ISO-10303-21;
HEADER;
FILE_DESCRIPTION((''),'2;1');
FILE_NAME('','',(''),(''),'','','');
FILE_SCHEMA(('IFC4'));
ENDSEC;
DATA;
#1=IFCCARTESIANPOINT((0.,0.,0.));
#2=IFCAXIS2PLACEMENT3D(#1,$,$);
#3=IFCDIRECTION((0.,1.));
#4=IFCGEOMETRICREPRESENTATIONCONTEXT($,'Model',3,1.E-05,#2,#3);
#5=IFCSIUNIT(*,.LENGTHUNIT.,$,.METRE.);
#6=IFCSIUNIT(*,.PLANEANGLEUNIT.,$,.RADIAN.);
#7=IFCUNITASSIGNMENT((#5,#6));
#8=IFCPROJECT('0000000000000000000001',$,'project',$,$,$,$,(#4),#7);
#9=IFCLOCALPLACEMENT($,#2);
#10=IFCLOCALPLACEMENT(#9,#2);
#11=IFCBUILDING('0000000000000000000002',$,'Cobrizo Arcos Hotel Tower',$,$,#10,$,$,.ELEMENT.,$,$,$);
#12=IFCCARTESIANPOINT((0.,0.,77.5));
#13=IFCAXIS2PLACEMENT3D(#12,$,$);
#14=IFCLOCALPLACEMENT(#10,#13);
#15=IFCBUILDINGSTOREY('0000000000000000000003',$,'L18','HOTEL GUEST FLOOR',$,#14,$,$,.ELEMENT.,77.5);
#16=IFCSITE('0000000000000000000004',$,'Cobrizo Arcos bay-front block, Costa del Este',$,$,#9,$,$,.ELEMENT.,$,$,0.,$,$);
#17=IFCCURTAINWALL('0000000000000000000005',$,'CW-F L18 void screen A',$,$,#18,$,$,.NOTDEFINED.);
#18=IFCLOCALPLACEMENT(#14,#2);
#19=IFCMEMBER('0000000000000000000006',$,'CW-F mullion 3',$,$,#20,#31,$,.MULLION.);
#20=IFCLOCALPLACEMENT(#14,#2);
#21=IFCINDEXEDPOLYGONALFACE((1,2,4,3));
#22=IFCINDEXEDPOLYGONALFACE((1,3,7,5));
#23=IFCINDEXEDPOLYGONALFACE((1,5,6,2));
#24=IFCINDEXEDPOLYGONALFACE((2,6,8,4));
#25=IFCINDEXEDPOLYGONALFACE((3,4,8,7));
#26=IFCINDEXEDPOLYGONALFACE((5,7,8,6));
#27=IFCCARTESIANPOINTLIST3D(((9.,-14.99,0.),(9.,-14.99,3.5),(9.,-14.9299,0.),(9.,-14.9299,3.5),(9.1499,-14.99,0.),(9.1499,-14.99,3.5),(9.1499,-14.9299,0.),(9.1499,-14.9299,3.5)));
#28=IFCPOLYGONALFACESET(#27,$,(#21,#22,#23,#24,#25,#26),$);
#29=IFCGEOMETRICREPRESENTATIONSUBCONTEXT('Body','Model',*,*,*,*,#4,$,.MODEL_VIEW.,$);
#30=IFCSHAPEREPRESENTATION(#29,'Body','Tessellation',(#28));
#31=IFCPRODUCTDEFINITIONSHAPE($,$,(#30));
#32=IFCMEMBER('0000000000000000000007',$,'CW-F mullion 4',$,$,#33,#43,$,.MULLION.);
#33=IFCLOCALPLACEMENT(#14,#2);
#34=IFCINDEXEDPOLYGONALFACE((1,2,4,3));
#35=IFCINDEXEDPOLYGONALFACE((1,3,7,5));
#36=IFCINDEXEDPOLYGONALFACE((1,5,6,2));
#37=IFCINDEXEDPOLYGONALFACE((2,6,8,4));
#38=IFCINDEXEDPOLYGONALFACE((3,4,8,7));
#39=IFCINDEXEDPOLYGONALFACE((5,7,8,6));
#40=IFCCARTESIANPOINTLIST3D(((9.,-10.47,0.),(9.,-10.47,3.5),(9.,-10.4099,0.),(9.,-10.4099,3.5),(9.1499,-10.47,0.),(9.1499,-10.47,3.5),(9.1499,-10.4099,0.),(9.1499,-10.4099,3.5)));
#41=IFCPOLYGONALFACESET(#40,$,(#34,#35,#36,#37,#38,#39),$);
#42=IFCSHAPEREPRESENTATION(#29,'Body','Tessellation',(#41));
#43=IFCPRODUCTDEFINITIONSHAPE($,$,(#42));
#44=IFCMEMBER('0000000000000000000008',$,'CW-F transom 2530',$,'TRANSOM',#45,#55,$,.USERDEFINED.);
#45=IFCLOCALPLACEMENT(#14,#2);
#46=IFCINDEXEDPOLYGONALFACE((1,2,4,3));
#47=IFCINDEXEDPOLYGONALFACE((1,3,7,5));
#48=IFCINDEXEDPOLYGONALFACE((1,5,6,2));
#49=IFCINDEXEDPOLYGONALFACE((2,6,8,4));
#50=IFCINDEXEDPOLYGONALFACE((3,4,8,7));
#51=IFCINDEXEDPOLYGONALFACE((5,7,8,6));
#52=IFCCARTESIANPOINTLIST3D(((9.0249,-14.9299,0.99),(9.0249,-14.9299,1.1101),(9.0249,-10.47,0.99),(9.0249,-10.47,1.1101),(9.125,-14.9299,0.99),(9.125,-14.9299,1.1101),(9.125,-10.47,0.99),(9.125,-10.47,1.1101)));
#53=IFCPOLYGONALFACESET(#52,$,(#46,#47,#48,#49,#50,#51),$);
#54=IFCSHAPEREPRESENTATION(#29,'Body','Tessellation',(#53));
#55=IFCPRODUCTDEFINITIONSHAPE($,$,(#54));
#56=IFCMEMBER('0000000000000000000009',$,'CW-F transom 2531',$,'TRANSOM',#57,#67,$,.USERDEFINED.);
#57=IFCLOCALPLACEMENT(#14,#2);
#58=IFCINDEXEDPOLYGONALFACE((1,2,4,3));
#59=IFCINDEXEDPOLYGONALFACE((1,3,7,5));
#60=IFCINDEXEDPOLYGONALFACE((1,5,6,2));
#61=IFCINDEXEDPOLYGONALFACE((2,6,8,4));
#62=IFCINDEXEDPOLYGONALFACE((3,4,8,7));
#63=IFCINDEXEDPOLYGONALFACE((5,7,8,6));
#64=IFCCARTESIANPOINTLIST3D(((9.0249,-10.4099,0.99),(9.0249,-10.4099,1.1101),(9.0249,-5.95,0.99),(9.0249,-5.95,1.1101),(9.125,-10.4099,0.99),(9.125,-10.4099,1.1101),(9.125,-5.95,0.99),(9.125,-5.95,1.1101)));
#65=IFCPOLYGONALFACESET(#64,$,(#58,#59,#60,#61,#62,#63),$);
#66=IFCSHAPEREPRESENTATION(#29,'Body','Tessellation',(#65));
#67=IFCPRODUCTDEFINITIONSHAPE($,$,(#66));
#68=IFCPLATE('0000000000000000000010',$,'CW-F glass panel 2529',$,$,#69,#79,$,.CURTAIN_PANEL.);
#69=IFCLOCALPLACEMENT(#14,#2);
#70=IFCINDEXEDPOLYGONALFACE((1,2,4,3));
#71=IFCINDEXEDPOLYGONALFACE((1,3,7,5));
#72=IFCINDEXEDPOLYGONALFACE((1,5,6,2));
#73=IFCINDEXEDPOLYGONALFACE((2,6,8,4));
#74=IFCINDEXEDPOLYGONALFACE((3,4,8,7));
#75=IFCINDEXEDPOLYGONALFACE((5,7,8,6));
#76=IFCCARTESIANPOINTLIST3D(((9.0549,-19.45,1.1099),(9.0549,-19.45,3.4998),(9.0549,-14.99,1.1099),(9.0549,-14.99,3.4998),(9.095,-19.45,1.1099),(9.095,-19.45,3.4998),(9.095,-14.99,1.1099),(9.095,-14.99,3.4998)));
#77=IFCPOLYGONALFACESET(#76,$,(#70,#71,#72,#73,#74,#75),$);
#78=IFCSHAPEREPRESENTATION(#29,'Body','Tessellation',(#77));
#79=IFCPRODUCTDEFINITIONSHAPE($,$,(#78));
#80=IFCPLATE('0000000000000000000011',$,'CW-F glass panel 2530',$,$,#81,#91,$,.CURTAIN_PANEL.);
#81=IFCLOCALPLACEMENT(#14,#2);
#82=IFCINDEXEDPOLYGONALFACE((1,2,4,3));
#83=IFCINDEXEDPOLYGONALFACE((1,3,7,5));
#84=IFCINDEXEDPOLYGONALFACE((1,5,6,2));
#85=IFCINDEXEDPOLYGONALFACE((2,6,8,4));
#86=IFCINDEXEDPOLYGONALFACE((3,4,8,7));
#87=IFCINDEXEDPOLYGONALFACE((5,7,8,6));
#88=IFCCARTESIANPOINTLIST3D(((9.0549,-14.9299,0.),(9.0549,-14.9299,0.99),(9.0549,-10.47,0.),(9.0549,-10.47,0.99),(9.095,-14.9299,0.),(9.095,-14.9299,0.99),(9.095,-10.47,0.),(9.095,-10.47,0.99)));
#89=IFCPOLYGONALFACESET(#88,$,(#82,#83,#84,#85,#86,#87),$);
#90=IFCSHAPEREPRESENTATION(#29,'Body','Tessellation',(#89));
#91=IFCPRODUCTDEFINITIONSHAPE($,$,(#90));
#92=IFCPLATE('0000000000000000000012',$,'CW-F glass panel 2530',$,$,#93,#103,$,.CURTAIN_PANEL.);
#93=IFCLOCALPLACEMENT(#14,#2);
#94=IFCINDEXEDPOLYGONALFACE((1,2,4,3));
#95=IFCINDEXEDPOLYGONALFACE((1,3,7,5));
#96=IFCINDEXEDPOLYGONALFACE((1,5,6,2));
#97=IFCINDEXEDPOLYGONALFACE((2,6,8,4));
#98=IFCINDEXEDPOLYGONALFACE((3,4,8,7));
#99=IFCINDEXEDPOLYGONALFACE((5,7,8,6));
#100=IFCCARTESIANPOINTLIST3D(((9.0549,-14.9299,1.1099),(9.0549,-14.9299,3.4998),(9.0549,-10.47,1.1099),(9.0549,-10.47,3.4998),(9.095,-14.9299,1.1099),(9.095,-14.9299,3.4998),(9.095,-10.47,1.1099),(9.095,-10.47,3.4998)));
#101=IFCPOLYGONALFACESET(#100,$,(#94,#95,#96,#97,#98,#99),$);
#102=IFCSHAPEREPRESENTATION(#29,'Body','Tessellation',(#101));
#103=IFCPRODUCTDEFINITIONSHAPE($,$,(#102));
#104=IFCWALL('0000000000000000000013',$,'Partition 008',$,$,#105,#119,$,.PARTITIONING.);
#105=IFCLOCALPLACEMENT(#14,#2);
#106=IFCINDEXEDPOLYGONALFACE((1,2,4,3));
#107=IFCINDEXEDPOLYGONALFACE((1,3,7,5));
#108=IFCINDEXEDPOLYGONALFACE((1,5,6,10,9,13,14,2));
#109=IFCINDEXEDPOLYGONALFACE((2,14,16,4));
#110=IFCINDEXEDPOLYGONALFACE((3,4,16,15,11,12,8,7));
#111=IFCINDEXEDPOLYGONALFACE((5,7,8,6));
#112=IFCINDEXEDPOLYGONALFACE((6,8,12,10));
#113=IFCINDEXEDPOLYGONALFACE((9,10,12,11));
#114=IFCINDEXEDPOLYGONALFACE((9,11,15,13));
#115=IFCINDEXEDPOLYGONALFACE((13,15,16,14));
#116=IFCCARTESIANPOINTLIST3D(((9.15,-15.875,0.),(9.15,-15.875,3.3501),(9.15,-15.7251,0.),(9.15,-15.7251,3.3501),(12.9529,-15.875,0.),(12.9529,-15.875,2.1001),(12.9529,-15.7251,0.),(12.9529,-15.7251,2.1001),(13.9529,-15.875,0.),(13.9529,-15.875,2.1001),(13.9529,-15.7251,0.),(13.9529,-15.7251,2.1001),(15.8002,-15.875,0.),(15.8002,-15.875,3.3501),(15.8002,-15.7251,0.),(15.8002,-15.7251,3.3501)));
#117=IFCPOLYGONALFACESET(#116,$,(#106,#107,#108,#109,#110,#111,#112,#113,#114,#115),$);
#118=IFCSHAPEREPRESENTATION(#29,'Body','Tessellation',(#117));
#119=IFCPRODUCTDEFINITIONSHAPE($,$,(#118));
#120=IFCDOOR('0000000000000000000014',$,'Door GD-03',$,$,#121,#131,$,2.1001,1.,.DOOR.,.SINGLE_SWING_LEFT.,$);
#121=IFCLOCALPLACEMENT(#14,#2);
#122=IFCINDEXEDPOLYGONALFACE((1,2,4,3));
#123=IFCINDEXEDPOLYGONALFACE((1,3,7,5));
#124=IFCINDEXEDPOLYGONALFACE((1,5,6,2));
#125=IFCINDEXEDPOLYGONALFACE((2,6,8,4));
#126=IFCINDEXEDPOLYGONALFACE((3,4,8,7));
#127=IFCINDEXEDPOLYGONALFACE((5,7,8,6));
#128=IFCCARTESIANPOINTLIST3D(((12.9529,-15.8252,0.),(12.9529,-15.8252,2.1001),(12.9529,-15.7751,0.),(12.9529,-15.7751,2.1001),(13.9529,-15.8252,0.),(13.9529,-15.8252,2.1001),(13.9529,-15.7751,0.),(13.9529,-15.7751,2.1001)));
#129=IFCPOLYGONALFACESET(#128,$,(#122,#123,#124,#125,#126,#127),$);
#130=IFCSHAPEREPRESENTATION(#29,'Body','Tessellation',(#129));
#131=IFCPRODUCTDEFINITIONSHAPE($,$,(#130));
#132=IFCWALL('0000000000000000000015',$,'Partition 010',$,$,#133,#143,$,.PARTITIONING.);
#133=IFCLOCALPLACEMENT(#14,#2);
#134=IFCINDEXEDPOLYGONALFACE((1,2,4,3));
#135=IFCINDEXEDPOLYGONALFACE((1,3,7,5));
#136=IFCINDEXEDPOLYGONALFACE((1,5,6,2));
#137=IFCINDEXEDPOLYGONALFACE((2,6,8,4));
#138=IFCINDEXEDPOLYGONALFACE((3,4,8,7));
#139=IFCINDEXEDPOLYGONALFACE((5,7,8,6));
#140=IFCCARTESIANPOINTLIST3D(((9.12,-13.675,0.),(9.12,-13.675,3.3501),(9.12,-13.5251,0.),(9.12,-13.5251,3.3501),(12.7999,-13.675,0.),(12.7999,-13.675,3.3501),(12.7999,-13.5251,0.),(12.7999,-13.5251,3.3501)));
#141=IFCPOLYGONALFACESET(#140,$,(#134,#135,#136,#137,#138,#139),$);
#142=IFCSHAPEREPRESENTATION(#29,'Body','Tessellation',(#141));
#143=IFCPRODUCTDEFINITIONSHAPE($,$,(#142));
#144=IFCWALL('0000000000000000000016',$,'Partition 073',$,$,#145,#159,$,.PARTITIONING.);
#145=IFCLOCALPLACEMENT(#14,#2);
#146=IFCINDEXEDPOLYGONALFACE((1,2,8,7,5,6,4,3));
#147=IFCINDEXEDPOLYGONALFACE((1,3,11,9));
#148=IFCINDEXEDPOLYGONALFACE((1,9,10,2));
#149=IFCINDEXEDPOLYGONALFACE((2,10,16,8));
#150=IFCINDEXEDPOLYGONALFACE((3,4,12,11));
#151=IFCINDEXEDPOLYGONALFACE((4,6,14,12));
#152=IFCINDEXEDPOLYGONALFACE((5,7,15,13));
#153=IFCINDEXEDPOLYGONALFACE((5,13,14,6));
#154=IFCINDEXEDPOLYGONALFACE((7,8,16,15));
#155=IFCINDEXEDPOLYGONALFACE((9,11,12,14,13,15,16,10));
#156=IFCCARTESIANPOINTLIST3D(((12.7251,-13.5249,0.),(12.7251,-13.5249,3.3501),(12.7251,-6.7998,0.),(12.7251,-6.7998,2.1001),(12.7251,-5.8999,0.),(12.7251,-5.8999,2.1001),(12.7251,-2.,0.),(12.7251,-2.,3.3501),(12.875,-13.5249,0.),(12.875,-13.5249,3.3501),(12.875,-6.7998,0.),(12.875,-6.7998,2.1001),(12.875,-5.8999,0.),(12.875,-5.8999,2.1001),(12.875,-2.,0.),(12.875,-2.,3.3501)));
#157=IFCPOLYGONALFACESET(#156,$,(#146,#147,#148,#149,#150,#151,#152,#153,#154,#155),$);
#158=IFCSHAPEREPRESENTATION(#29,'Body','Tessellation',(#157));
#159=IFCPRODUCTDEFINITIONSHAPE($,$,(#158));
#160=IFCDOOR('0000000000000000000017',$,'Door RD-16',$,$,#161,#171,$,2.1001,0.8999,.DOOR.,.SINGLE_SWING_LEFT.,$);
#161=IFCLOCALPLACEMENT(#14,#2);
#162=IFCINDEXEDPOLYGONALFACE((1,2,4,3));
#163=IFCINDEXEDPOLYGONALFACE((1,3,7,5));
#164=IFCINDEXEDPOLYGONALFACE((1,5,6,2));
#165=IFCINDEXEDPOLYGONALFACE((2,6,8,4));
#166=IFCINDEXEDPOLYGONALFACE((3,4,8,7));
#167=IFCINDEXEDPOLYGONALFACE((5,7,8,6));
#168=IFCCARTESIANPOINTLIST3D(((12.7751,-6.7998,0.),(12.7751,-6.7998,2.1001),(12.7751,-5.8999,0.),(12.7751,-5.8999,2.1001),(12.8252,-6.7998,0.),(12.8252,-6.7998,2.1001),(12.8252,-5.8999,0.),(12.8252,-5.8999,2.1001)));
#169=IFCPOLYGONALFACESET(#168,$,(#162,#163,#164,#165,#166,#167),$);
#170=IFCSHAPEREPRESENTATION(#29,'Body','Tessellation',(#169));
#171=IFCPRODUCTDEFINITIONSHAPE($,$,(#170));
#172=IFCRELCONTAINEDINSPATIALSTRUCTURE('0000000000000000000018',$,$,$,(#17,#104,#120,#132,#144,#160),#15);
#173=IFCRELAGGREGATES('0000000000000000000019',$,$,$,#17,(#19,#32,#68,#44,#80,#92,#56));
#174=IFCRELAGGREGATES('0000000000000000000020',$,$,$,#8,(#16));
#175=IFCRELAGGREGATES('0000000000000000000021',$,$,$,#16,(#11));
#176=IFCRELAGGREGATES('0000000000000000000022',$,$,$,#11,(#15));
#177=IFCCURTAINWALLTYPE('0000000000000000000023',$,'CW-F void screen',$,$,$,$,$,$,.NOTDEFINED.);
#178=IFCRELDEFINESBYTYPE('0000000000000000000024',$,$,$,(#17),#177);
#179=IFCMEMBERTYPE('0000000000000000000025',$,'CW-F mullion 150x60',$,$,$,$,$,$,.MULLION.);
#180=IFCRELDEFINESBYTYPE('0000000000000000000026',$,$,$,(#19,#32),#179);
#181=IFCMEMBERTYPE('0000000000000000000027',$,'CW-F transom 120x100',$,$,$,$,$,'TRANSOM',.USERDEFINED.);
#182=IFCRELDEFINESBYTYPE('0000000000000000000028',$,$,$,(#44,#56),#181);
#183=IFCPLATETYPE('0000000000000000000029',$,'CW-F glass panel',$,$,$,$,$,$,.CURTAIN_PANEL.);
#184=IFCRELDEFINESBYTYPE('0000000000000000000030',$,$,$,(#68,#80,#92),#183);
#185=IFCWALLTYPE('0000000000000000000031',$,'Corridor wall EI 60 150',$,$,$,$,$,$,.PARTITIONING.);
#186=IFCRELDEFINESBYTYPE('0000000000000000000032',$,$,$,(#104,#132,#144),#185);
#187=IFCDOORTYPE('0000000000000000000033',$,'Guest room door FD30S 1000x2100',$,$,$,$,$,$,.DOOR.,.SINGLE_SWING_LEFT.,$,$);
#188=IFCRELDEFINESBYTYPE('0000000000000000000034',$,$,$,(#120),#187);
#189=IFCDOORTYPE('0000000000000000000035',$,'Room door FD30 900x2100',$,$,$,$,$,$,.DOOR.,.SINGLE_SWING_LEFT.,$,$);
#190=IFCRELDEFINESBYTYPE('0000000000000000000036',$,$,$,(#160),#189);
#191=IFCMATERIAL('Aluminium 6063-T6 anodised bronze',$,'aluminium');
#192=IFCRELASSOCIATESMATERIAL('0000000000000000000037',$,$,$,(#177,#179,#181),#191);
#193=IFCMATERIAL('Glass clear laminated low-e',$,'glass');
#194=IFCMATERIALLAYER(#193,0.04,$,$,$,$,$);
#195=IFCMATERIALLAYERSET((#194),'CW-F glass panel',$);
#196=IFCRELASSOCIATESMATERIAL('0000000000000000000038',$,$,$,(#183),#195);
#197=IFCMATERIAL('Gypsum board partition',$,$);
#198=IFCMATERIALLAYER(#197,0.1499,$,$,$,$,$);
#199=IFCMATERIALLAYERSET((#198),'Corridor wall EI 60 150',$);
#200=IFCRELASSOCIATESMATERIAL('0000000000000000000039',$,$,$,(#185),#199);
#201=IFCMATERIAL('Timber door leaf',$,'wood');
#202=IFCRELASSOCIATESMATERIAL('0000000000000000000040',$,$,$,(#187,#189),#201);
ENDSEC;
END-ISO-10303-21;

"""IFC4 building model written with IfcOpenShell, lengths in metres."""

from ifc_helpers import new_model, si_unit, direction, frame, frame_2d, origin, origin_2d, place, context, subcontext, project, spatial, rectangle, extrude, material, layer, layer_set, material_profile, profile_set, type_object, element, fill, aggregate, save


model = new_model("IFC4")

# Units and contexts
model_context = context("Model", 3, precision=1e-05, world=origin(), true_north=direction((0.0, 1.0)))
body_context = subcontext(model_context, "Body", "Model", "MODEL_VIEW")
ifc_project = project(units=[si_unit("LENGTHUNIT", "METRE"), si_unit("PLANEANGLEUNIT", "RADIAN")], contexts=[model_context])

# Site, building, storey
site_placement = place(None, origin())
site = spatial("IfcSite", under=ifc_project, at=site_placement, Name="Cobrizo Arcos bay-front block, Costa del Este", CompositionType="ELEMENT", RefElevation=0.0)
building_placement = place(site_placement, origin())
building = spatial("IfcBuilding", under=site, at=building_placement, Name="Cobrizo Arcos Hotel Tower", CompositionType="ELEMENT")
storey_placement = place(building_placement, frame((0.0, 0.0, 77.5)))
storey = spatial("IfcBuildingStorey", under=building, at=storey_placement, Name="L18", Description="HOTEL GUEST FLOOR", CompositionType="ELEMENT", Elevation=77.5)

# Curtain wall, members, plates
ifc_material_1 = material(Name="Aluminium 6063-T6 anodised bronze", Category="aluminium")
curtain_wall_type = type_object("IfcCurtainWallType", Name="CW-F void screen", PredefinedType="NOTDEFINED", material=ifc_material_1)
curtain_wall_placement = place(storey_placement, origin())
curtain_wall = element("IfcCurtainWall", 1, at=curtain_wall_placement, inside=storey, type_object=curtain_wall_type, Name="CW-F L18 void screen A", PredefinedType="NOTDEFINED")
ifc_material_profile_1 = material_profile(ifc_material_1, rectangle(XDim=0.1499, YDim=0.0601, at=origin_2d()), Name="CW-F mullion 150x60")
ifc_profile_set_1 = profile_set([ifc_material_profile_1], Name="Aluminium 6063-T6 anodised bronze")
member_type_1 = type_object("IfcMemberType", Name="CW-F mullion 150x60", PredefinedType="MULLION", material=ifc_profile_set_1)
member_1_placement = place(storey_placement, frame((9.075, -14.96, 0.0), z_axis=(0.0, 0.0, 1.0), x_axis=(1.0, 0.0, 0.0)))
member_1 = element("IfcMember", 2, at=member_1_placement, type_object=member_type_1, Name="CW-F mullion 3", PredefinedType="MULLION", context=body_context, shape_type="SweptSolid", body=[
    extrude(rectangle(XDim=0.1499, YDim=0.0601, at=origin_2d()), origin(), (0.0, 0.0, 1.0), 3.5),
])
member_2_placement = place(storey_placement, frame((9.075, -10.4399, 0.0), z_axis=(0.0, 0.0, 1.0), x_axis=(1.0, 0.0, 0.0)))
member_2 = element("IfcMember", 3, at=member_2_placement, type_object=member_type_1, Name="CW-F mullion 4", PredefinedType="MULLION", context=body_context, shape_type="SweptSolid", body=[
    extrude(rectangle(XDim=0.1499, YDim=0.0601, at=origin_2d()), origin(), (0.0, 0.0, 1.0), 3.5),
])
ifc_material_profile_2 = material_profile(ifc_material_1, rectangle(XDim=0.1001, YDim=0.1201, at=origin_2d()), Name="CW-F transom 120x100")
ifc_profile_set_2 = profile_set([ifc_material_profile_2], Name="Aluminium 6063-T6 anodised bronze")
member_type_2 = type_object("IfcMemberType", Name="CW-F transom 120x100", ElementType="TRANSOM", PredefinedType="USERDEFINED", material=ifc_profile_set_2)
member_3_placement = place(storey_placement, frame((9.075, -14.9299, 1.05), z_axis=(0.0, 1.0, 0.0), x_axis=(-1.0, 0.0, 0.0)))
member_3 = element("IfcMember", 4, at=member_3_placement, type_object=member_type_2, Name="CW-F transom 2530", ObjectType="TRANSOM", PredefinedType="USERDEFINED", context=body_context, shape_type="SweptSolid", body=[
    extrude(rectangle(XDim=0.1001, YDim=0.1201, at=origin_2d()), origin(), (0.0, 0.0, 1.0), 4.46),
])
member_4_placement = place(storey_placement, frame((9.075, -10.4099, 1.05), z_axis=(0.0, 1.0, 0.0), x_axis=(-1.0, 0.0, 0.0)))
member_4 = element("IfcMember", 5, at=member_4_placement, type_object=member_type_2, Name="CW-F transom 2531", ObjectType="TRANSOM", PredefinedType="USERDEFINED", context=body_context, shape_type="SweptSolid", body=[
    extrude(rectangle(XDim=0.1001, YDim=0.1201, at=origin_2d()), origin(), (0.0, 0.0, 1.0), 4.46),
])
ifc_material_2 = material(Name="Glass clear laminated low-e", Category="glass")
ifc_layer_1 = layer(ifc_material_2, 0.04)
ifc_layer_set_1 = layer_set([ifc_layer_1], Name="CW-F glass panel")
plate_type = type_object("IfcPlateType", Name="CW-F glass panel", PredefinedType="CURTAIN_PANEL", material=ifc_layer_set_1)
plate_1_placement = place(storey_placement, frame((9.075, -17.22, 1.1099), z_axis=(0.0, 0.0, 1.0), x_axis=(0.0, 1.0, 0.0)))
plate_1 = element("IfcPlate", 6, at=plate_1_placement, type_object=plate_type, Name="CW-F glass panel 2529", PredefinedType="CURTAIN_PANEL", context=body_context, shape_type="SweptSolid", body=[
    extrude(rectangle(XDim=4.46, YDim=0.04, at=origin_2d()), origin(), (0.0, 0.0, 1.0), 2.3899),
])
plate_2_placement = place(storey_placement, frame((9.075, -12.7, 0.0), z_axis=(0.0, 0.0, 1.0), x_axis=(0.0, 1.0, 0.0)))
plate_2 = element("IfcPlate", 7, at=plate_2_placement, type_object=plate_type, Name="CW-F glass panel 2530", PredefinedType="CURTAIN_PANEL", context=body_context, shape_type="SweptSolid", body=[
    extrude(rectangle(XDim=4.46, YDim=0.04, at=origin_2d()), origin(), (0.0, 0.0, 1.0), 0.99),
])
plate_3_placement = place(storey_placement, frame((9.075, -12.7, 1.1099), z_axis=(0.0, 0.0, 1.0), x_axis=(0.0, 1.0, 0.0)))
plate_3 = element("IfcPlate", 8, at=plate_3_placement, type_object=plate_type, Name="CW-F glass panel 2530", PredefinedType="CURTAIN_PANEL", context=body_context, shape_type="SweptSolid", body=[
    extrude(rectangle(XDim=4.46, YDim=0.04, at=origin_2d()), origin(), (0.0, 0.0, 1.0), 2.3899),
])
aggregate(curtain_wall, [member_1, member_2, plate_1, member_3, plate_2, plate_3, member_4])

# Wall, opening, door
ifc_material_3 = material(Name="Gypsum board partition")
ifc_layer_2 = layer(ifc_material_3, 0.1499)
ifc_layer_set_2 = layer_set([ifc_layer_2], Name="Corridor wall EI 60 150")
wall_type_1 = type_object("IfcWallType", Name="Corridor wall EI 60 150", PredefinedType="PARTITIONING", material=ifc_layer_set_2)
wall_1_placement = place(storey_placement, frame((9.1499, -15.8, 0.0), z_axis=(0.0, 0.0, 1.0), x_axis=(1.0, 0.0, 0.0)))
wall_1 = element("IfcWall", 9, at=wall_1_placement, inside=storey, type_object=wall_type_1, Name="Partition 008", PredefinedType="PARTITIONING", context=body_context, shape_type="SweptSolid", body=[
    extrude(rectangle(XDim=6.6501, YDim=0.1499, at=frame_2d((3.3252, 0.0))), origin(), (0.0, 0.0, 1.0), 3.3501),
])
opening_1_placement = place(wall_1_placement, frame((3.803, 0.0, 0.0)))
opening_1 = element("IfcOpeningElement", 10, at=opening_1_placement, cuts=wall_1, PredefinedType="OPENING", context=body_context, shape_type="SweptSolid", body=[
    extrude(rectangle(XDim=1.0, YDim=2.1001, at=frame_2d((0.5, 1.05))), frame((0.0, 0.0869, 0.0), z_axis=(0.0, -1.0, 0.0), x_axis=(1.0, 0.0, 0.0)), (0.0, 0.0, 1.0), 0.1738),
])
ifc_material_4 = material(Name="Timber door leaf", Category="wood")
door_type_1 = type_object("IfcDoorType", Name="Guest room door FD30S 1000x2100", OperationType="SINGLE_SWING_LEFT", PredefinedType="DOOR", material=ifc_material_4)
door_1_placement = place(opening_1_placement, origin())
door_1 = element("IfcDoor", 11, at=door_1_placement, inside=storey, type_object=door_type_1, Name="Door GD-03", OperationType="SINGLE_SWING_LEFT", OverallHeight=2.1001, OverallWidth=1.0, PredefinedType="DOOR", context=body_context, shape_type="SweptSolid", body=[
    extrude(rectangle(XDim=1.0, YDim=2.1001, at=frame_2d((0.5, 1.05))), frame((0.0, 0.0249, 0.0), z_axis=(0.0, -1.0, 0.0), x_axis=(1.0, 0.0, 0.0)), (0.0, 0.0, 1.0), 0.05),
])
fill(opening_1, door_1)

# Wall
wall_2_placement = place(storey_placement, frame((9.1201, -13.6001, 0.0), z_axis=(0.0, 0.0, 1.0), x_axis=(1.0, 0.0, 0.0)))
element("IfcWall", 12, at=wall_2_placement, inside=storey, type_object=wall_type_1, Name="Partition 010", PredefinedType="PARTITIONING", context=body_context, shape_type="SweptSolid", body=[
    extrude(rectangle(XDim=3.6799, YDim=0.1499, at=frame_2d((1.8398, 0.0))), origin(), (0.0, 0.0, 1.0), 3.3501),
])

# Wall, opening, door
wall_3_placement = place(storey_placement, frame((12.8, -13.5249, 0.0), z_axis=(0.0, 0.0, 1.0), x_axis=(0.0, 1.0, 0.0)))
wall_3 = element("IfcWall", 13, at=wall_3_placement, inside=storey, type_object=wall_type_1, Name="Partition 073", PredefinedType="PARTITIONING", context=body_context, shape_type="SweptSolid", body=[
    extrude(rectangle(XDim=11.5249, YDim=0.1499, at=frame_2d((5.7625, 0.0))), origin(), (0.0, 0.0, 1.0), 3.3501),
])
opening_2_placement = place(wall_3_placement, frame((6.7251, 0.0, 0.0)))
opening_2 = element("IfcOpeningElement", 14, at=opening_2_placement, cuts=wall_3, PredefinedType="OPENING", context=body_context, shape_type="SweptSolid", body=[
    extrude(rectangle(XDim=0.8999, YDim=2.1001, at=frame_2d((0.45, 1.05))), frame((0.0, 0.0869, 0.0), z_axis=(0.0, -1.0, 0.0), x_axis=(1.0, 0.0, 0.0)), (0.0, 0.0, 1.0), 0.1738),
])
door_type_2 = type_object("IfcDoorType", Name="Room door FD30 900x2100", OperationType="SINGLE_SWING_LEFT", PredefinedType="DOOR", material=ifc_material_4)
door_2_placement = place(opening_2_placement, origin())
door_2 = element("IfcDoor", 15, at=door_2_placement, inside=storey, type_object=door_type_2, Name="Door RD-16", OperationType="SINGLE_SWING_LEFT", OverallHeight=2.1001, OverallWidth=0.8999, PredefinedType="DOOR", context=body_context, shape_type="SweptSolid", body=[
    extrude(rectangle(XDim=0.8999, YDim=2.1001, at=frame_2d((0.45, 1.05))), frame((0.0, 0.0249, 0.0), z_axis=(0.0, -1.0, 0.0), x_axis=(1.0, 0.0, 0.0)), (0.0, 0.0, 1.0), 0.05),
])
fill(opening_2, door_2)

save(model, "model.ifc")
